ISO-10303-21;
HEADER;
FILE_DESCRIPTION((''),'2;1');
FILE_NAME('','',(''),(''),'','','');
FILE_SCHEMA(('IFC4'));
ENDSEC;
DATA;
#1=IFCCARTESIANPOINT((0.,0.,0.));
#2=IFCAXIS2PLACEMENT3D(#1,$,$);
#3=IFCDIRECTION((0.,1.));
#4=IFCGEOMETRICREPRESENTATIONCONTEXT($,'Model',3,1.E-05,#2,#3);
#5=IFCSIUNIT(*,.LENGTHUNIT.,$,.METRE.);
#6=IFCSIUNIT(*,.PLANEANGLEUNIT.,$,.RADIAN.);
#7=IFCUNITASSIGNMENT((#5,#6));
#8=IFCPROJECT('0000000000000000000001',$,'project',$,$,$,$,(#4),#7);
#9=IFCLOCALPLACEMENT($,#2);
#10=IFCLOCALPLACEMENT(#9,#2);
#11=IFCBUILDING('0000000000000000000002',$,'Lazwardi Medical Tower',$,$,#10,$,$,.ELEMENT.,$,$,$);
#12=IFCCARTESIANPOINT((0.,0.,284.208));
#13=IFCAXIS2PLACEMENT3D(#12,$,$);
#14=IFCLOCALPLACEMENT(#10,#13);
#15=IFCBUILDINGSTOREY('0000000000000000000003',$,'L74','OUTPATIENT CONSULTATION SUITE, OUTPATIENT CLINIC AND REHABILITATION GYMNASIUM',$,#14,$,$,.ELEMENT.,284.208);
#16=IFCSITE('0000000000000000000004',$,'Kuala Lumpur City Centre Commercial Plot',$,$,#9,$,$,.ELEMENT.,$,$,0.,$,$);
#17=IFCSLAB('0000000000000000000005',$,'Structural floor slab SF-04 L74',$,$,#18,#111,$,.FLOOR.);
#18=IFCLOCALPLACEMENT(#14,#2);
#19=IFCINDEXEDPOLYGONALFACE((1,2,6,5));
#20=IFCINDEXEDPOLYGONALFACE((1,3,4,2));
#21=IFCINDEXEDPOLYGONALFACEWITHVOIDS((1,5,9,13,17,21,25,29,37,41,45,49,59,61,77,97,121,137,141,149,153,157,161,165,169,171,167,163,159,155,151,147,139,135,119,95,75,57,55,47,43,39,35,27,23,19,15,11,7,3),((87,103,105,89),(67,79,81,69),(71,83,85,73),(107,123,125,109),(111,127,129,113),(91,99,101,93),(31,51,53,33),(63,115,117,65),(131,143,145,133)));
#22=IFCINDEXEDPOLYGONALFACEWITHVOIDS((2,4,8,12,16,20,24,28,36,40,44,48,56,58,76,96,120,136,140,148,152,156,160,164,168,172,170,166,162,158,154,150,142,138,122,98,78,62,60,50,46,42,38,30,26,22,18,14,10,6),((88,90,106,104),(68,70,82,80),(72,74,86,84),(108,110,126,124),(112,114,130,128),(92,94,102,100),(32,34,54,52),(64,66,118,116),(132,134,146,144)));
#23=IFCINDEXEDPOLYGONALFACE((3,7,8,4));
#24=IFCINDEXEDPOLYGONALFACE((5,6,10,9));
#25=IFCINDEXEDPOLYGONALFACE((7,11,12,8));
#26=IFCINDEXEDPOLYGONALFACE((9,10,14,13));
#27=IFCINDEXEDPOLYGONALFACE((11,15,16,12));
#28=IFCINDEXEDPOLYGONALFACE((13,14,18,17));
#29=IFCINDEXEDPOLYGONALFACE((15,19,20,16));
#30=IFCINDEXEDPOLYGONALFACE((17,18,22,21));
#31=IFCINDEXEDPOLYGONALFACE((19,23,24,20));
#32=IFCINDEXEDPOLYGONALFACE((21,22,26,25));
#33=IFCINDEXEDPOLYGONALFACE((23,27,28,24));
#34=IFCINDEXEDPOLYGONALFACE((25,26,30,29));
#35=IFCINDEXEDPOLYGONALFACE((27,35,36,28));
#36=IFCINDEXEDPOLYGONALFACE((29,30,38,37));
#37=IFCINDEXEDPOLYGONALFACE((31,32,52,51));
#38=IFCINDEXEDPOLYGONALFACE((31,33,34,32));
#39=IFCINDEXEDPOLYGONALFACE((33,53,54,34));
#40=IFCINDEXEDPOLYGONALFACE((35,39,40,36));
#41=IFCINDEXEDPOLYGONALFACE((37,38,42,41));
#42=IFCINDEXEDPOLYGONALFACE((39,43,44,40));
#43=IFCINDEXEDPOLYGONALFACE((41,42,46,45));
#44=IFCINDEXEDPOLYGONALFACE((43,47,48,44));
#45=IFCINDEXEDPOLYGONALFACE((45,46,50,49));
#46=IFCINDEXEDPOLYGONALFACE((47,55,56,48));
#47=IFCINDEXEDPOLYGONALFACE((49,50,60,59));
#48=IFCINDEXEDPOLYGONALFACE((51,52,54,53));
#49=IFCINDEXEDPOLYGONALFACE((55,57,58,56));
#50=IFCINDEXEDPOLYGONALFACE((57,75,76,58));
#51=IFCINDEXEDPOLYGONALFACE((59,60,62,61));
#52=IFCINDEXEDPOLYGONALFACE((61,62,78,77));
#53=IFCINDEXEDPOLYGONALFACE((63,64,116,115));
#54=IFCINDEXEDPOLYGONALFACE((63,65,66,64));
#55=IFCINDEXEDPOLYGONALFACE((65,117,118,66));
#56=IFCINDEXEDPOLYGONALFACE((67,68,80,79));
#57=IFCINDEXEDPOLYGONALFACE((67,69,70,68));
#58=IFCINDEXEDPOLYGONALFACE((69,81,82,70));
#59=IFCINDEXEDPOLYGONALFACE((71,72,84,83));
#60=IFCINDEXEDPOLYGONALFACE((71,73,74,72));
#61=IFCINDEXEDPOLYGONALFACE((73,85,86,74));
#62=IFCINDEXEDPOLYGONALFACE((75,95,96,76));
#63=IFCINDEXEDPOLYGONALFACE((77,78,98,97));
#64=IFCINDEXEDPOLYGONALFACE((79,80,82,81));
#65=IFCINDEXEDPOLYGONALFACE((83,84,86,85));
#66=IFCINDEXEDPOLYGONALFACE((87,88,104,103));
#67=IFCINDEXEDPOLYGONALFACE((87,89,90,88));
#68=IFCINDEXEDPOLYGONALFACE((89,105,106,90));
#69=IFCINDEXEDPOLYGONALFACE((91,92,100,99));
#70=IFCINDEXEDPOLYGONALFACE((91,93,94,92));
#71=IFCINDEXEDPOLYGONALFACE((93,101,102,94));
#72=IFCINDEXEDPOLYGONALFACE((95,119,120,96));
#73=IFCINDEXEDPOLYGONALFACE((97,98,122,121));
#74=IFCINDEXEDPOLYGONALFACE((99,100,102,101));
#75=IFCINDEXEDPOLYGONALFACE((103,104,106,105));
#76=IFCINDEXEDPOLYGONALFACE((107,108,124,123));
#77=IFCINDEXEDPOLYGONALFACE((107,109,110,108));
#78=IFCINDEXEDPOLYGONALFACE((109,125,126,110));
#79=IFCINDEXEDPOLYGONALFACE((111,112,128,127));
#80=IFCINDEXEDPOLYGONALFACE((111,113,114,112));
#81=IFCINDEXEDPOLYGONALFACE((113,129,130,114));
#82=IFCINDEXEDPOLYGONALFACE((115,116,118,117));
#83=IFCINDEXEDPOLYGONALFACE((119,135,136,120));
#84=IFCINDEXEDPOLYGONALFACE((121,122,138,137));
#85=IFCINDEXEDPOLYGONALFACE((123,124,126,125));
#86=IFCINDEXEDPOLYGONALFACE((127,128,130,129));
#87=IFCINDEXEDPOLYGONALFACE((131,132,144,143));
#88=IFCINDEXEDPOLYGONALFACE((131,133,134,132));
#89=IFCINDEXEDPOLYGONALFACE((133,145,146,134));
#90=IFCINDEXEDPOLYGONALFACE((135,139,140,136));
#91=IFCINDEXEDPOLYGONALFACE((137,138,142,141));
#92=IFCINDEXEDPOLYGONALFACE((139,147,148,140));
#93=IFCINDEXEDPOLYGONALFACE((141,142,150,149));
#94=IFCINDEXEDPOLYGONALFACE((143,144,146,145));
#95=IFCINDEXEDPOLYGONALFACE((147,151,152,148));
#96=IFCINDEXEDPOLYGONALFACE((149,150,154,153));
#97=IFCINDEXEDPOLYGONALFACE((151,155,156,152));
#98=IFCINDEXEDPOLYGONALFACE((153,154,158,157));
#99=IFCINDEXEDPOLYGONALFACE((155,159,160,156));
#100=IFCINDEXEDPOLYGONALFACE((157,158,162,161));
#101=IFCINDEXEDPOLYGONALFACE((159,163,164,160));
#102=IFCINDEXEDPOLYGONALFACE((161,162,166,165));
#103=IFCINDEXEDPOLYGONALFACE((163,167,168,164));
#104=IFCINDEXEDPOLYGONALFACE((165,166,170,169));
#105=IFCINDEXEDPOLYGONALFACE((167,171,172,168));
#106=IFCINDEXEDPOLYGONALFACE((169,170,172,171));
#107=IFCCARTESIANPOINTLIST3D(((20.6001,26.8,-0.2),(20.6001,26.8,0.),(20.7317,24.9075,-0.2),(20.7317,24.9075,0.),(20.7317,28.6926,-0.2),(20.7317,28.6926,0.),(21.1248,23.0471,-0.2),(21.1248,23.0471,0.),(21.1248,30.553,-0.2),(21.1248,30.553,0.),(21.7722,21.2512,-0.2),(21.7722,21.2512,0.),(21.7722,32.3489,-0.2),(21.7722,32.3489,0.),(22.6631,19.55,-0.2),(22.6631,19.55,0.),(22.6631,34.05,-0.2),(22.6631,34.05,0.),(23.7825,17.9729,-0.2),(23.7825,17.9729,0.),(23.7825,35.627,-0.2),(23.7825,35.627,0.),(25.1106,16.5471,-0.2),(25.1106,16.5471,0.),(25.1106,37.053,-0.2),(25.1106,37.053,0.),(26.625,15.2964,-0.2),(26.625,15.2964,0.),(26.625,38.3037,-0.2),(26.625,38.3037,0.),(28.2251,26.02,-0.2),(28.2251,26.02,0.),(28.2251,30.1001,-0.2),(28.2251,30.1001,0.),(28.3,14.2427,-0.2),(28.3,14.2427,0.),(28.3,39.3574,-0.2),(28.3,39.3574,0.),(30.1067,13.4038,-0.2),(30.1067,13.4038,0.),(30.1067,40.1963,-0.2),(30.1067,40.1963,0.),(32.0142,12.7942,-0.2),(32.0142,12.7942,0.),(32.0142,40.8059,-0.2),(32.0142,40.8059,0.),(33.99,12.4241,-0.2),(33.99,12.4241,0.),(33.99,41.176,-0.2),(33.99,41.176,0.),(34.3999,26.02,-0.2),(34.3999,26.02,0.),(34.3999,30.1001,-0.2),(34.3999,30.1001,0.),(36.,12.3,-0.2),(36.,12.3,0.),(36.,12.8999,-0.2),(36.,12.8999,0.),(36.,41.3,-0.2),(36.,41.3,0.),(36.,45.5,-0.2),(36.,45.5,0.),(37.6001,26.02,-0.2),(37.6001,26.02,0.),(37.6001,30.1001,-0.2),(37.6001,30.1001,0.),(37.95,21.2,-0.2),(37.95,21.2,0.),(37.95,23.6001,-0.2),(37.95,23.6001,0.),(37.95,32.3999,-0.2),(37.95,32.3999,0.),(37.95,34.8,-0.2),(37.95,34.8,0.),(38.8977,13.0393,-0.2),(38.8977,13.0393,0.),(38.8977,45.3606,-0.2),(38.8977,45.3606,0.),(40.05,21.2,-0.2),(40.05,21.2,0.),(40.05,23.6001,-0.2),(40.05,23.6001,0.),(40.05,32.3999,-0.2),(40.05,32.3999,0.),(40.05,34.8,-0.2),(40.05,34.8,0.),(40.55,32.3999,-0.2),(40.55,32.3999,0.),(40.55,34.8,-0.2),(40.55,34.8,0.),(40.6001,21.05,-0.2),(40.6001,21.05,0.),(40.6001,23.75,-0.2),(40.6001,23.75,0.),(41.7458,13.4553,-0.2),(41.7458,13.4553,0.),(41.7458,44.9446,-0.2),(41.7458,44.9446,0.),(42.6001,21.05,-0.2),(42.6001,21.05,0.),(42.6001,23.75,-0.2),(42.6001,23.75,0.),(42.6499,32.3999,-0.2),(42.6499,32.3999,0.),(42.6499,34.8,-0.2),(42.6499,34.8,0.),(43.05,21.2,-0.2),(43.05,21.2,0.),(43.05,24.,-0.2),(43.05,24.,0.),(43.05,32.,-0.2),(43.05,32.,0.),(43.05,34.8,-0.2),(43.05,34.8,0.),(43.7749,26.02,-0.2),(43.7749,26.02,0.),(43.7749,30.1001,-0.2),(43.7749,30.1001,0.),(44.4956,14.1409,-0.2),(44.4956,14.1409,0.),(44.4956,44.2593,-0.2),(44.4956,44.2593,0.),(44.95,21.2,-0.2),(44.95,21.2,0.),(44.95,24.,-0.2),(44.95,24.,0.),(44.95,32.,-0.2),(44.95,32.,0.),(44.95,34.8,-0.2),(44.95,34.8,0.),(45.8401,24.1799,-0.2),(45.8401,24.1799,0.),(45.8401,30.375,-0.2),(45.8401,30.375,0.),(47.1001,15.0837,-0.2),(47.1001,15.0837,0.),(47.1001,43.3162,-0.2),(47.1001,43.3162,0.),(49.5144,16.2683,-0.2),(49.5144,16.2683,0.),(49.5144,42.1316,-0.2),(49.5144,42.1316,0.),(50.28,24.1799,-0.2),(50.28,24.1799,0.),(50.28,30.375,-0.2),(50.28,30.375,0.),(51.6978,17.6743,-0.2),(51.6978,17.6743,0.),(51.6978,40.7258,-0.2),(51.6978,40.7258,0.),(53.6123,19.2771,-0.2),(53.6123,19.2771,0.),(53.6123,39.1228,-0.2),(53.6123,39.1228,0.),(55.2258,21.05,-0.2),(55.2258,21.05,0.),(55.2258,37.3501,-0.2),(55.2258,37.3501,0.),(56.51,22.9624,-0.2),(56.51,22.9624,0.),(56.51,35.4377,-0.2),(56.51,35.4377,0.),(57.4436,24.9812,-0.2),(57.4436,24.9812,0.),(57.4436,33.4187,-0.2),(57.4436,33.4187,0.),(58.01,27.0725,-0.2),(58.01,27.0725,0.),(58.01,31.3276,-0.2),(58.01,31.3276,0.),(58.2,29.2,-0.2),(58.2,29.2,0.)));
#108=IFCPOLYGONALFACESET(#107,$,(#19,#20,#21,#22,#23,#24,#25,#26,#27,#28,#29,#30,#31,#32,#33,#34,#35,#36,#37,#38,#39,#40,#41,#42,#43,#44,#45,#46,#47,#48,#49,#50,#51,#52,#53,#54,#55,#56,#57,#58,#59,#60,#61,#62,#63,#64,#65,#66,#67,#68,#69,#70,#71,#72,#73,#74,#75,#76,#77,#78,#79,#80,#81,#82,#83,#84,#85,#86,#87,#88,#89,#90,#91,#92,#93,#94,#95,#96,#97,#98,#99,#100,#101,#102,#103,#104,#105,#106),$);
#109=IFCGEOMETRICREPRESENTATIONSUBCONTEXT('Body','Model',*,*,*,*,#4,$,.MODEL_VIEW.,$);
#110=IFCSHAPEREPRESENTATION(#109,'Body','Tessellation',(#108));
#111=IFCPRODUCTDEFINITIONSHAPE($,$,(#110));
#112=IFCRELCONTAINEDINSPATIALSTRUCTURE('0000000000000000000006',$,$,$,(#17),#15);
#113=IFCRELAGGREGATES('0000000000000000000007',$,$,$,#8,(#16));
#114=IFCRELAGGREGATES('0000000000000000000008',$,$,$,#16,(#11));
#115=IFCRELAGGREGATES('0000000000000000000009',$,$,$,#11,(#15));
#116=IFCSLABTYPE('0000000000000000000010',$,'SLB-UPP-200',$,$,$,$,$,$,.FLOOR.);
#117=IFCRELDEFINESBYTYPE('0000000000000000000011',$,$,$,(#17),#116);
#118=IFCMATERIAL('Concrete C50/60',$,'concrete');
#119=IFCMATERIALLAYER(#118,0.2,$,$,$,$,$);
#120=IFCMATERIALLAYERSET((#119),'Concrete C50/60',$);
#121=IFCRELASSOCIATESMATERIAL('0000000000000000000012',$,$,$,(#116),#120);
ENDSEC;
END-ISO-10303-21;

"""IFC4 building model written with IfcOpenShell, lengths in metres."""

from ifc_helpers import new_model, si_unit, direction, frame, origin, place, context, subcontext, project, spatial, polyline, outline, extrude, material, layer, layer_set, type_object, element, save


model = new_model("IFC4")

# Units and contexts
model_context = context("Model", 3, precision=1e-05, world=origin(), true_north=direction((0.0, 1.0)))
body_context = subcontext(model_context, "Body", "Model", "MODEL_VIEW")
ifc_project = project(units=[si_unit("LENGTHUNIT", "METRE"), si_unit("PLANEANGLEUNIT", "RADIAN")], contexts=[model_context])

# Site, building, storey
site_placement = place(None, origin())
site = spatial("IfcSite", under=ifc_project, at=site_placement, Name="Kuala Lumpur City Centre Commercial Plot", CompositionType="ELEMENT", RefElevation=0.0)
building_placement = place(site_placement, origin())
building = spatial("IfcBuilding", under=site, at=building_placement, Name="Lazwardi Medical Tower", CompositionType="ELEMENT")
storey_placement = place(building_placement, frame((0.0, 0.0, 284.208)))
storey = spatial("IfcBuildingStorey", under=building, at=storey_placement, Name="L74", Description="OUTPATIENT CONSULTATION SUITE, OUTPATIENT CLINIC AND REHABILITATION GYMNASIUM", CompositionType="ELEMENT", Elevation=284.208)

# Slab
ifc_material_1 = material(Name="Concrete C50/60", Category="concrete")
ifc_layer_1 = layer(ifc_material_1, 0.2)
ifc_layer_set_1 = layer_set([ifc_layer_1], Name="Concrete C50/60")
slab_type = type_object("IfcSlabType", Name="SLB-UPP-200", PredefinedType="FLOOR", material=ifc_layer_set_1)
slab_placement = place(storey_placement, frame((0.0, 0.0, -0.2)))
element("IfcSlab", 1, at=slab_placement, inside=storey, type_object=slab_type, Name="Structural floor slab SF-04 L74", PredefinedType="FLOOR", context=body_context, shape_type="SweptSolid", body=[
    extrude(outline(polyline([(23.7825, 17.9729), (25.1106, 16.5471), (26.625, 15.2964), (28.3, 14.2427), (30.1067, 13.4038), (32.0142, 12.7942), (33.99, 12.4241), (36.0, 12.3), (36.0, 12.8999), (38.8977, 13.0393), (41.7458, 13.4553), (44.4956, 14.1409), (47.1001, 15.0837), (49.5144, 16.2683), (51.6978, 17.6743), (53.6123, 19.2771), (55.2258, 21.05), (56.51, 22.9624), (57.4436, 24.9812), (58.01, 27.0725), (58.2, 29.2), (58.01, 31.3276), (57.4436, 33.4187), (56.51, 35.4377), (55.2258, 37.3501), (53.6123, 39.1228), (51.6978, 40.7258), (49.5144, 42.1316), (47.1001, 43.3162), (44.4956, 44.2593), (41.7458, 44.9446), (38.8977, 45.3606), (36.0, 45.5), (36.0, 41.3), (33.99, 41.176), (32.0142, 40.8059), (30.1067, 40.1963), (28.3, 39.3574), (26.625, 38.3037), (25.1106, 37.053), (23.7825, 35.627), (22.6631, 34.05), (21.7722, 32.3489), (21.1248, 30.553), (20.7317, 28.6926), (20.6001, 26.8), (20.7317, 24.9075), (21.1248, 23.0471), (21.7722, 21.2512), (22.6631, 19.55), (23.7825, 17.9729)]), holes=[polyline([(28.2251, 26.02), (28.2251, 30.1001), (34.3999, 30.1001), (34.3999, 26.02), (28.2251, 26.02)]), polyline([(37.6001, 30.1001), (43.7749, 30.1001), (43.7749, 26.02), (37.6001, 26.02), (37.6001, 30.1001)]), polyline([(50.28, 30.375), (50.28, 24.1799), (45.8401, 24.1799), (45.8401, 30.375), (50.28, 30.375)]), polyline([(40.05, 32.3999), (37.95, 32.3999), (37.95, 34.8), (40.05, 34.8), (40.05, 32.3999)]), polyline([(40.55, 32.3999), (40.55, 34.8), (42.6499, 34.8), (42.6499, 32.3999), (40.55, 32.3999)]), polyline([(37.95, 23.6001), (40.05, 23.6001), (40.05, 21.2), (37.95, 21.2), (37.95, 23.6001)]), polyline([(44.95, 34.8), (44.95, 32.0), (43.05, 32.0), (43.05, 34.8), (44.95, 34.8)]), polyline([(44.95, 21.2), (43.05, 21.2), (43.05, 24.0), (44.95, 24.0), (44.95, 21.2)]), polyline([(40.6001, 21.05), (40.6001, 23.75), (42.6001, 23.75), (42.6001, 21.05), (40.6001, 21.05)])]), origin(), (0.0, 0.0, 1.0), 0.2),
])

save(model, "model.ifc")
